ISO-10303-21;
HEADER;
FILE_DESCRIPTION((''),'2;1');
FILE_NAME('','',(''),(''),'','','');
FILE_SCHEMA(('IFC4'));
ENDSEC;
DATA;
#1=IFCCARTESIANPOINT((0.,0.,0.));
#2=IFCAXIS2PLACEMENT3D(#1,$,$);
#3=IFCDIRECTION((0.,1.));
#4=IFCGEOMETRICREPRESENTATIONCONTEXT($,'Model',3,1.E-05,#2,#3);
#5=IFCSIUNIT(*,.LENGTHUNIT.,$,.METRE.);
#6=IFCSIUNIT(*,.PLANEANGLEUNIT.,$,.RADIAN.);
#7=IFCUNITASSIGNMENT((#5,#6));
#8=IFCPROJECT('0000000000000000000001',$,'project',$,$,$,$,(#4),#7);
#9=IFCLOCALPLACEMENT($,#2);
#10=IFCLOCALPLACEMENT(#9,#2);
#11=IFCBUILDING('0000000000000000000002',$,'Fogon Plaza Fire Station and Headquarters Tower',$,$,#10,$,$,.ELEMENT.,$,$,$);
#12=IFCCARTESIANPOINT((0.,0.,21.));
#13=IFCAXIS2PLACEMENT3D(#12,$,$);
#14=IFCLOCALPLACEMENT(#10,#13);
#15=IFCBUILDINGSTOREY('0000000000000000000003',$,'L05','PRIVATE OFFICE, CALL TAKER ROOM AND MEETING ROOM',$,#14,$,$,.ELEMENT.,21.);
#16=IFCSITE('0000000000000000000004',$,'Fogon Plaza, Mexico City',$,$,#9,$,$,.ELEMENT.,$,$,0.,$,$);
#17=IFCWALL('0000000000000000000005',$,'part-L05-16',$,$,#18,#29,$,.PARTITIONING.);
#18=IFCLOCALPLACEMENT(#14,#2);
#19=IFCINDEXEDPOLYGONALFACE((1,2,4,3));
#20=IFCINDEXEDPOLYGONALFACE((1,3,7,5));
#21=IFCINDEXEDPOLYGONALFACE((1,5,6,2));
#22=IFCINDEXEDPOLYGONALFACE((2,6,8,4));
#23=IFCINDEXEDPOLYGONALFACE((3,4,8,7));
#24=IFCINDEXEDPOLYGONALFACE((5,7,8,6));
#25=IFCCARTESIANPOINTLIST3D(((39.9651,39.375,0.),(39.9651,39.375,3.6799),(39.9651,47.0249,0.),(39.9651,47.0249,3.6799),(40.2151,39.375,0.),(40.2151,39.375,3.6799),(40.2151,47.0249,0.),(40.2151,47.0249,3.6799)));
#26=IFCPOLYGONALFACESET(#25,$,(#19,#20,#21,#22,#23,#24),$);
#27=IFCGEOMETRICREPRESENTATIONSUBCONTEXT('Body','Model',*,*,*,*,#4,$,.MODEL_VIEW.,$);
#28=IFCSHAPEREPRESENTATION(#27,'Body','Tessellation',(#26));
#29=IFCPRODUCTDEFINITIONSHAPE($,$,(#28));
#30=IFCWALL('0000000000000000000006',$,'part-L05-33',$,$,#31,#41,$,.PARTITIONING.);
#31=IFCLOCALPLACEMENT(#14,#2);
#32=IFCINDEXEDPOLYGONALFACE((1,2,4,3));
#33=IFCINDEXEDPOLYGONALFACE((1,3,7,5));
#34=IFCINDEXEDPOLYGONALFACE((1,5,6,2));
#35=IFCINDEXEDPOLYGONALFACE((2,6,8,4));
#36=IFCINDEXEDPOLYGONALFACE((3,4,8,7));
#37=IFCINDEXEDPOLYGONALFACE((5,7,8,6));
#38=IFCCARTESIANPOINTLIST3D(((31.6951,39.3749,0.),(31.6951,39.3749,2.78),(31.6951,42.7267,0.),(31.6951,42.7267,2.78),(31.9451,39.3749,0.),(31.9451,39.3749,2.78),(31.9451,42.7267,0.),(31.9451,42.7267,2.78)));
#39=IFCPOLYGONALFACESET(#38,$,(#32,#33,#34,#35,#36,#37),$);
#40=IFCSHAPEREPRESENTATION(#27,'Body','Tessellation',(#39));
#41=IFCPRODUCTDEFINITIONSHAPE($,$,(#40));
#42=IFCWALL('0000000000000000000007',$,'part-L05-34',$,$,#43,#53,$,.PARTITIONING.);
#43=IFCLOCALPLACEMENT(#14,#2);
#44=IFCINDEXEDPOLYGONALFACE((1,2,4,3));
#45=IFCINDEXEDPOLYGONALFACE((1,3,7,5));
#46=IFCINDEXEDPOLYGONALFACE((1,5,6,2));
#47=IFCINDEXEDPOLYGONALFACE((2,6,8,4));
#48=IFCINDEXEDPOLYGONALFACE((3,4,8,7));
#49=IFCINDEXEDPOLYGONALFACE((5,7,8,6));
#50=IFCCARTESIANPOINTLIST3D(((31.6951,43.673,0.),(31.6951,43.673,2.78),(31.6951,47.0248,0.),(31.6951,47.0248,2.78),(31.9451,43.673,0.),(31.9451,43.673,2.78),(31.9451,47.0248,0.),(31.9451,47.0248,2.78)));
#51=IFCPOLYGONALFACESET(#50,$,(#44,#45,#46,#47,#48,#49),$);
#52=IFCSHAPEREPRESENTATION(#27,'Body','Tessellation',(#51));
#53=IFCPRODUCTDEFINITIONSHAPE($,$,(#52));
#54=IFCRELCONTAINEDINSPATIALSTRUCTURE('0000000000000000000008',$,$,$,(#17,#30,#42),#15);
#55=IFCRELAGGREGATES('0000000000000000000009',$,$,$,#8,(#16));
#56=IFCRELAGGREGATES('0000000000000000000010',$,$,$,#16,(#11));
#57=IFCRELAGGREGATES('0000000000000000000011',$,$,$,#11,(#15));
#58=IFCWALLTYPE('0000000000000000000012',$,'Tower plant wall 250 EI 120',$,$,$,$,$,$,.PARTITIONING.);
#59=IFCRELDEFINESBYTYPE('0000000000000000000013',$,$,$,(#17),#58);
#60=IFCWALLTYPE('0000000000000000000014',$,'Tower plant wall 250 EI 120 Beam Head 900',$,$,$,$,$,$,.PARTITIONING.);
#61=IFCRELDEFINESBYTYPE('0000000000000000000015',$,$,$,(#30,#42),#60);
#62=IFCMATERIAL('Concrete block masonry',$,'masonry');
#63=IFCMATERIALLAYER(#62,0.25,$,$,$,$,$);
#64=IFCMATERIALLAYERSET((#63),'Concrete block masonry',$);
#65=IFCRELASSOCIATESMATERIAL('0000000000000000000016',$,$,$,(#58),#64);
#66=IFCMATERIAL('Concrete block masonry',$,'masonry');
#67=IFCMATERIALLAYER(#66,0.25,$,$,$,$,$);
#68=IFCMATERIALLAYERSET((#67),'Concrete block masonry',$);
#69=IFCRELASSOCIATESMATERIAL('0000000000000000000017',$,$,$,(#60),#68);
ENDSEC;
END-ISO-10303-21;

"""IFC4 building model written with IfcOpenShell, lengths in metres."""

from ifc_helpers import new_model, si_unit, direction, frame, frame_2d, origin, place, context, subcontext, project, spatial, rectangle, extrude, material, layer, layer_set, type_object, element, save


model = new_model("IFC4")

# Units and contexts
model_context = context("Model", 3, precision=1e-05, world=origin(), true_north=direction((0.0, 1.0)))
body_context = subcontext(model_context, "Body", "Model", "MODEL_VIEW")
ifc_project = project(units=[si_unit("LENGTHUNIT", "METRE"), si_unit("PLANEANGLEUNIT", "RADIAN")], contexts=[model_context])

# Site, building, storey
site_placement = place(None, origin())
site = spatial("IfcSite", under=ifc_project, at=site_placement, Name="Fogon Plaza, Mexico City", CompositionType="ELEMENT", RefElevation=0.0)
building_placement = place(site_placement, origin())
building = spatial("IfcBuilding", under=site, at=building_placement, Name="Fogon Plaza Fire Station and Headquarters Tower", CompositionType="ELEMENT")
storey_placement = place(building_placement, frame((0.0, 0.0, 21.0)))
storey = spatial("IfcBuildingStorey", under=building, at=storey_placement, Name="L05", Description="PRIVATE OFFICE, CALL TAKER ROOM AND MEETING ROOM", CompositionType="ELEMENT", Elevation=21.0)

# Shared definitions
ifc_material_1 = material(Name="Concrete block masonry", Category="masonry")
ifc_layer_1 = layer(ifc_material_1, 0.25)
ifc_layer_set_1 = layer_set([ifc_layer_1], Name="Concrete block masonry")
wall_type_1 = type_object("IfcWallType", Name="Tower plant wall 250 EI 120", PredefinedType="PARTITIONING", material=ifc_layer_set_1)

# Walls
wall_1_placement = place(storey_placement, frame((40.0901, 39.375, 0.0), z_axis=(0.0, 0.0, 1.0), x_axis=(0.0, 1.0, 0.0)))
element("IfcWall", 1, at=wall_1_placement, inside=storey, type_object=wall_type_1, Name="part-L05-16", PredefinedType="PARTITIONING", context=body_context, shape_type="SweptSolid", body=[
    extrude(rectangle(XDim=7.6499, YDim=0.25, at=frame_2d((3.825, 0.0))), origin(), (0.0, 0.0, 1.0), 3.6799),
])
ifc_material_2 = material(Name="Concrete block masonry", Category="masonry")
ifc_layer_2 = layer(ifc_material_2, 0.25)
ifc_layer_set_2 = layer_set([ifc_layer_2], Name="Concrete block masonry")
wall_type_2 = type_object("IfcWallType", Name="Tower plant wall 250 EI 120 Beam Head 900", PredefinedType="PARTITIONING", material=ifc_layer_set_2)
for number, where, z_axis, x_axis, name in (
    (2, (31.8201, 39.375, 0.0), (0.0, 0.0, 1.0), (0.0, 1.0, 0.0), "part-L05-33"),
    (3, (31.8201, 43.6731, 0.0), (0.0, 0.0, 1.0), (0.0, 1.0, 0.0), "part-L05-34"),
):
    element("IfcWall", number, at=place(storey_placement, frame(where, z_axis=z_axis, x_axis=x_axis)), inside=storey, type_object=wall_type_2, Name=name, PredefinedType="PARTITIONING", context=body_context, shape_type="SweptSolid", body=[
        extrude(rectangle(XDim=3.3518, YDim=0.25, at=frame_2d((1.6758, 0.0))), origin(), (0.0, 0.0, 1.0), 2.78),
    ])

save(model, "model.ifc")
